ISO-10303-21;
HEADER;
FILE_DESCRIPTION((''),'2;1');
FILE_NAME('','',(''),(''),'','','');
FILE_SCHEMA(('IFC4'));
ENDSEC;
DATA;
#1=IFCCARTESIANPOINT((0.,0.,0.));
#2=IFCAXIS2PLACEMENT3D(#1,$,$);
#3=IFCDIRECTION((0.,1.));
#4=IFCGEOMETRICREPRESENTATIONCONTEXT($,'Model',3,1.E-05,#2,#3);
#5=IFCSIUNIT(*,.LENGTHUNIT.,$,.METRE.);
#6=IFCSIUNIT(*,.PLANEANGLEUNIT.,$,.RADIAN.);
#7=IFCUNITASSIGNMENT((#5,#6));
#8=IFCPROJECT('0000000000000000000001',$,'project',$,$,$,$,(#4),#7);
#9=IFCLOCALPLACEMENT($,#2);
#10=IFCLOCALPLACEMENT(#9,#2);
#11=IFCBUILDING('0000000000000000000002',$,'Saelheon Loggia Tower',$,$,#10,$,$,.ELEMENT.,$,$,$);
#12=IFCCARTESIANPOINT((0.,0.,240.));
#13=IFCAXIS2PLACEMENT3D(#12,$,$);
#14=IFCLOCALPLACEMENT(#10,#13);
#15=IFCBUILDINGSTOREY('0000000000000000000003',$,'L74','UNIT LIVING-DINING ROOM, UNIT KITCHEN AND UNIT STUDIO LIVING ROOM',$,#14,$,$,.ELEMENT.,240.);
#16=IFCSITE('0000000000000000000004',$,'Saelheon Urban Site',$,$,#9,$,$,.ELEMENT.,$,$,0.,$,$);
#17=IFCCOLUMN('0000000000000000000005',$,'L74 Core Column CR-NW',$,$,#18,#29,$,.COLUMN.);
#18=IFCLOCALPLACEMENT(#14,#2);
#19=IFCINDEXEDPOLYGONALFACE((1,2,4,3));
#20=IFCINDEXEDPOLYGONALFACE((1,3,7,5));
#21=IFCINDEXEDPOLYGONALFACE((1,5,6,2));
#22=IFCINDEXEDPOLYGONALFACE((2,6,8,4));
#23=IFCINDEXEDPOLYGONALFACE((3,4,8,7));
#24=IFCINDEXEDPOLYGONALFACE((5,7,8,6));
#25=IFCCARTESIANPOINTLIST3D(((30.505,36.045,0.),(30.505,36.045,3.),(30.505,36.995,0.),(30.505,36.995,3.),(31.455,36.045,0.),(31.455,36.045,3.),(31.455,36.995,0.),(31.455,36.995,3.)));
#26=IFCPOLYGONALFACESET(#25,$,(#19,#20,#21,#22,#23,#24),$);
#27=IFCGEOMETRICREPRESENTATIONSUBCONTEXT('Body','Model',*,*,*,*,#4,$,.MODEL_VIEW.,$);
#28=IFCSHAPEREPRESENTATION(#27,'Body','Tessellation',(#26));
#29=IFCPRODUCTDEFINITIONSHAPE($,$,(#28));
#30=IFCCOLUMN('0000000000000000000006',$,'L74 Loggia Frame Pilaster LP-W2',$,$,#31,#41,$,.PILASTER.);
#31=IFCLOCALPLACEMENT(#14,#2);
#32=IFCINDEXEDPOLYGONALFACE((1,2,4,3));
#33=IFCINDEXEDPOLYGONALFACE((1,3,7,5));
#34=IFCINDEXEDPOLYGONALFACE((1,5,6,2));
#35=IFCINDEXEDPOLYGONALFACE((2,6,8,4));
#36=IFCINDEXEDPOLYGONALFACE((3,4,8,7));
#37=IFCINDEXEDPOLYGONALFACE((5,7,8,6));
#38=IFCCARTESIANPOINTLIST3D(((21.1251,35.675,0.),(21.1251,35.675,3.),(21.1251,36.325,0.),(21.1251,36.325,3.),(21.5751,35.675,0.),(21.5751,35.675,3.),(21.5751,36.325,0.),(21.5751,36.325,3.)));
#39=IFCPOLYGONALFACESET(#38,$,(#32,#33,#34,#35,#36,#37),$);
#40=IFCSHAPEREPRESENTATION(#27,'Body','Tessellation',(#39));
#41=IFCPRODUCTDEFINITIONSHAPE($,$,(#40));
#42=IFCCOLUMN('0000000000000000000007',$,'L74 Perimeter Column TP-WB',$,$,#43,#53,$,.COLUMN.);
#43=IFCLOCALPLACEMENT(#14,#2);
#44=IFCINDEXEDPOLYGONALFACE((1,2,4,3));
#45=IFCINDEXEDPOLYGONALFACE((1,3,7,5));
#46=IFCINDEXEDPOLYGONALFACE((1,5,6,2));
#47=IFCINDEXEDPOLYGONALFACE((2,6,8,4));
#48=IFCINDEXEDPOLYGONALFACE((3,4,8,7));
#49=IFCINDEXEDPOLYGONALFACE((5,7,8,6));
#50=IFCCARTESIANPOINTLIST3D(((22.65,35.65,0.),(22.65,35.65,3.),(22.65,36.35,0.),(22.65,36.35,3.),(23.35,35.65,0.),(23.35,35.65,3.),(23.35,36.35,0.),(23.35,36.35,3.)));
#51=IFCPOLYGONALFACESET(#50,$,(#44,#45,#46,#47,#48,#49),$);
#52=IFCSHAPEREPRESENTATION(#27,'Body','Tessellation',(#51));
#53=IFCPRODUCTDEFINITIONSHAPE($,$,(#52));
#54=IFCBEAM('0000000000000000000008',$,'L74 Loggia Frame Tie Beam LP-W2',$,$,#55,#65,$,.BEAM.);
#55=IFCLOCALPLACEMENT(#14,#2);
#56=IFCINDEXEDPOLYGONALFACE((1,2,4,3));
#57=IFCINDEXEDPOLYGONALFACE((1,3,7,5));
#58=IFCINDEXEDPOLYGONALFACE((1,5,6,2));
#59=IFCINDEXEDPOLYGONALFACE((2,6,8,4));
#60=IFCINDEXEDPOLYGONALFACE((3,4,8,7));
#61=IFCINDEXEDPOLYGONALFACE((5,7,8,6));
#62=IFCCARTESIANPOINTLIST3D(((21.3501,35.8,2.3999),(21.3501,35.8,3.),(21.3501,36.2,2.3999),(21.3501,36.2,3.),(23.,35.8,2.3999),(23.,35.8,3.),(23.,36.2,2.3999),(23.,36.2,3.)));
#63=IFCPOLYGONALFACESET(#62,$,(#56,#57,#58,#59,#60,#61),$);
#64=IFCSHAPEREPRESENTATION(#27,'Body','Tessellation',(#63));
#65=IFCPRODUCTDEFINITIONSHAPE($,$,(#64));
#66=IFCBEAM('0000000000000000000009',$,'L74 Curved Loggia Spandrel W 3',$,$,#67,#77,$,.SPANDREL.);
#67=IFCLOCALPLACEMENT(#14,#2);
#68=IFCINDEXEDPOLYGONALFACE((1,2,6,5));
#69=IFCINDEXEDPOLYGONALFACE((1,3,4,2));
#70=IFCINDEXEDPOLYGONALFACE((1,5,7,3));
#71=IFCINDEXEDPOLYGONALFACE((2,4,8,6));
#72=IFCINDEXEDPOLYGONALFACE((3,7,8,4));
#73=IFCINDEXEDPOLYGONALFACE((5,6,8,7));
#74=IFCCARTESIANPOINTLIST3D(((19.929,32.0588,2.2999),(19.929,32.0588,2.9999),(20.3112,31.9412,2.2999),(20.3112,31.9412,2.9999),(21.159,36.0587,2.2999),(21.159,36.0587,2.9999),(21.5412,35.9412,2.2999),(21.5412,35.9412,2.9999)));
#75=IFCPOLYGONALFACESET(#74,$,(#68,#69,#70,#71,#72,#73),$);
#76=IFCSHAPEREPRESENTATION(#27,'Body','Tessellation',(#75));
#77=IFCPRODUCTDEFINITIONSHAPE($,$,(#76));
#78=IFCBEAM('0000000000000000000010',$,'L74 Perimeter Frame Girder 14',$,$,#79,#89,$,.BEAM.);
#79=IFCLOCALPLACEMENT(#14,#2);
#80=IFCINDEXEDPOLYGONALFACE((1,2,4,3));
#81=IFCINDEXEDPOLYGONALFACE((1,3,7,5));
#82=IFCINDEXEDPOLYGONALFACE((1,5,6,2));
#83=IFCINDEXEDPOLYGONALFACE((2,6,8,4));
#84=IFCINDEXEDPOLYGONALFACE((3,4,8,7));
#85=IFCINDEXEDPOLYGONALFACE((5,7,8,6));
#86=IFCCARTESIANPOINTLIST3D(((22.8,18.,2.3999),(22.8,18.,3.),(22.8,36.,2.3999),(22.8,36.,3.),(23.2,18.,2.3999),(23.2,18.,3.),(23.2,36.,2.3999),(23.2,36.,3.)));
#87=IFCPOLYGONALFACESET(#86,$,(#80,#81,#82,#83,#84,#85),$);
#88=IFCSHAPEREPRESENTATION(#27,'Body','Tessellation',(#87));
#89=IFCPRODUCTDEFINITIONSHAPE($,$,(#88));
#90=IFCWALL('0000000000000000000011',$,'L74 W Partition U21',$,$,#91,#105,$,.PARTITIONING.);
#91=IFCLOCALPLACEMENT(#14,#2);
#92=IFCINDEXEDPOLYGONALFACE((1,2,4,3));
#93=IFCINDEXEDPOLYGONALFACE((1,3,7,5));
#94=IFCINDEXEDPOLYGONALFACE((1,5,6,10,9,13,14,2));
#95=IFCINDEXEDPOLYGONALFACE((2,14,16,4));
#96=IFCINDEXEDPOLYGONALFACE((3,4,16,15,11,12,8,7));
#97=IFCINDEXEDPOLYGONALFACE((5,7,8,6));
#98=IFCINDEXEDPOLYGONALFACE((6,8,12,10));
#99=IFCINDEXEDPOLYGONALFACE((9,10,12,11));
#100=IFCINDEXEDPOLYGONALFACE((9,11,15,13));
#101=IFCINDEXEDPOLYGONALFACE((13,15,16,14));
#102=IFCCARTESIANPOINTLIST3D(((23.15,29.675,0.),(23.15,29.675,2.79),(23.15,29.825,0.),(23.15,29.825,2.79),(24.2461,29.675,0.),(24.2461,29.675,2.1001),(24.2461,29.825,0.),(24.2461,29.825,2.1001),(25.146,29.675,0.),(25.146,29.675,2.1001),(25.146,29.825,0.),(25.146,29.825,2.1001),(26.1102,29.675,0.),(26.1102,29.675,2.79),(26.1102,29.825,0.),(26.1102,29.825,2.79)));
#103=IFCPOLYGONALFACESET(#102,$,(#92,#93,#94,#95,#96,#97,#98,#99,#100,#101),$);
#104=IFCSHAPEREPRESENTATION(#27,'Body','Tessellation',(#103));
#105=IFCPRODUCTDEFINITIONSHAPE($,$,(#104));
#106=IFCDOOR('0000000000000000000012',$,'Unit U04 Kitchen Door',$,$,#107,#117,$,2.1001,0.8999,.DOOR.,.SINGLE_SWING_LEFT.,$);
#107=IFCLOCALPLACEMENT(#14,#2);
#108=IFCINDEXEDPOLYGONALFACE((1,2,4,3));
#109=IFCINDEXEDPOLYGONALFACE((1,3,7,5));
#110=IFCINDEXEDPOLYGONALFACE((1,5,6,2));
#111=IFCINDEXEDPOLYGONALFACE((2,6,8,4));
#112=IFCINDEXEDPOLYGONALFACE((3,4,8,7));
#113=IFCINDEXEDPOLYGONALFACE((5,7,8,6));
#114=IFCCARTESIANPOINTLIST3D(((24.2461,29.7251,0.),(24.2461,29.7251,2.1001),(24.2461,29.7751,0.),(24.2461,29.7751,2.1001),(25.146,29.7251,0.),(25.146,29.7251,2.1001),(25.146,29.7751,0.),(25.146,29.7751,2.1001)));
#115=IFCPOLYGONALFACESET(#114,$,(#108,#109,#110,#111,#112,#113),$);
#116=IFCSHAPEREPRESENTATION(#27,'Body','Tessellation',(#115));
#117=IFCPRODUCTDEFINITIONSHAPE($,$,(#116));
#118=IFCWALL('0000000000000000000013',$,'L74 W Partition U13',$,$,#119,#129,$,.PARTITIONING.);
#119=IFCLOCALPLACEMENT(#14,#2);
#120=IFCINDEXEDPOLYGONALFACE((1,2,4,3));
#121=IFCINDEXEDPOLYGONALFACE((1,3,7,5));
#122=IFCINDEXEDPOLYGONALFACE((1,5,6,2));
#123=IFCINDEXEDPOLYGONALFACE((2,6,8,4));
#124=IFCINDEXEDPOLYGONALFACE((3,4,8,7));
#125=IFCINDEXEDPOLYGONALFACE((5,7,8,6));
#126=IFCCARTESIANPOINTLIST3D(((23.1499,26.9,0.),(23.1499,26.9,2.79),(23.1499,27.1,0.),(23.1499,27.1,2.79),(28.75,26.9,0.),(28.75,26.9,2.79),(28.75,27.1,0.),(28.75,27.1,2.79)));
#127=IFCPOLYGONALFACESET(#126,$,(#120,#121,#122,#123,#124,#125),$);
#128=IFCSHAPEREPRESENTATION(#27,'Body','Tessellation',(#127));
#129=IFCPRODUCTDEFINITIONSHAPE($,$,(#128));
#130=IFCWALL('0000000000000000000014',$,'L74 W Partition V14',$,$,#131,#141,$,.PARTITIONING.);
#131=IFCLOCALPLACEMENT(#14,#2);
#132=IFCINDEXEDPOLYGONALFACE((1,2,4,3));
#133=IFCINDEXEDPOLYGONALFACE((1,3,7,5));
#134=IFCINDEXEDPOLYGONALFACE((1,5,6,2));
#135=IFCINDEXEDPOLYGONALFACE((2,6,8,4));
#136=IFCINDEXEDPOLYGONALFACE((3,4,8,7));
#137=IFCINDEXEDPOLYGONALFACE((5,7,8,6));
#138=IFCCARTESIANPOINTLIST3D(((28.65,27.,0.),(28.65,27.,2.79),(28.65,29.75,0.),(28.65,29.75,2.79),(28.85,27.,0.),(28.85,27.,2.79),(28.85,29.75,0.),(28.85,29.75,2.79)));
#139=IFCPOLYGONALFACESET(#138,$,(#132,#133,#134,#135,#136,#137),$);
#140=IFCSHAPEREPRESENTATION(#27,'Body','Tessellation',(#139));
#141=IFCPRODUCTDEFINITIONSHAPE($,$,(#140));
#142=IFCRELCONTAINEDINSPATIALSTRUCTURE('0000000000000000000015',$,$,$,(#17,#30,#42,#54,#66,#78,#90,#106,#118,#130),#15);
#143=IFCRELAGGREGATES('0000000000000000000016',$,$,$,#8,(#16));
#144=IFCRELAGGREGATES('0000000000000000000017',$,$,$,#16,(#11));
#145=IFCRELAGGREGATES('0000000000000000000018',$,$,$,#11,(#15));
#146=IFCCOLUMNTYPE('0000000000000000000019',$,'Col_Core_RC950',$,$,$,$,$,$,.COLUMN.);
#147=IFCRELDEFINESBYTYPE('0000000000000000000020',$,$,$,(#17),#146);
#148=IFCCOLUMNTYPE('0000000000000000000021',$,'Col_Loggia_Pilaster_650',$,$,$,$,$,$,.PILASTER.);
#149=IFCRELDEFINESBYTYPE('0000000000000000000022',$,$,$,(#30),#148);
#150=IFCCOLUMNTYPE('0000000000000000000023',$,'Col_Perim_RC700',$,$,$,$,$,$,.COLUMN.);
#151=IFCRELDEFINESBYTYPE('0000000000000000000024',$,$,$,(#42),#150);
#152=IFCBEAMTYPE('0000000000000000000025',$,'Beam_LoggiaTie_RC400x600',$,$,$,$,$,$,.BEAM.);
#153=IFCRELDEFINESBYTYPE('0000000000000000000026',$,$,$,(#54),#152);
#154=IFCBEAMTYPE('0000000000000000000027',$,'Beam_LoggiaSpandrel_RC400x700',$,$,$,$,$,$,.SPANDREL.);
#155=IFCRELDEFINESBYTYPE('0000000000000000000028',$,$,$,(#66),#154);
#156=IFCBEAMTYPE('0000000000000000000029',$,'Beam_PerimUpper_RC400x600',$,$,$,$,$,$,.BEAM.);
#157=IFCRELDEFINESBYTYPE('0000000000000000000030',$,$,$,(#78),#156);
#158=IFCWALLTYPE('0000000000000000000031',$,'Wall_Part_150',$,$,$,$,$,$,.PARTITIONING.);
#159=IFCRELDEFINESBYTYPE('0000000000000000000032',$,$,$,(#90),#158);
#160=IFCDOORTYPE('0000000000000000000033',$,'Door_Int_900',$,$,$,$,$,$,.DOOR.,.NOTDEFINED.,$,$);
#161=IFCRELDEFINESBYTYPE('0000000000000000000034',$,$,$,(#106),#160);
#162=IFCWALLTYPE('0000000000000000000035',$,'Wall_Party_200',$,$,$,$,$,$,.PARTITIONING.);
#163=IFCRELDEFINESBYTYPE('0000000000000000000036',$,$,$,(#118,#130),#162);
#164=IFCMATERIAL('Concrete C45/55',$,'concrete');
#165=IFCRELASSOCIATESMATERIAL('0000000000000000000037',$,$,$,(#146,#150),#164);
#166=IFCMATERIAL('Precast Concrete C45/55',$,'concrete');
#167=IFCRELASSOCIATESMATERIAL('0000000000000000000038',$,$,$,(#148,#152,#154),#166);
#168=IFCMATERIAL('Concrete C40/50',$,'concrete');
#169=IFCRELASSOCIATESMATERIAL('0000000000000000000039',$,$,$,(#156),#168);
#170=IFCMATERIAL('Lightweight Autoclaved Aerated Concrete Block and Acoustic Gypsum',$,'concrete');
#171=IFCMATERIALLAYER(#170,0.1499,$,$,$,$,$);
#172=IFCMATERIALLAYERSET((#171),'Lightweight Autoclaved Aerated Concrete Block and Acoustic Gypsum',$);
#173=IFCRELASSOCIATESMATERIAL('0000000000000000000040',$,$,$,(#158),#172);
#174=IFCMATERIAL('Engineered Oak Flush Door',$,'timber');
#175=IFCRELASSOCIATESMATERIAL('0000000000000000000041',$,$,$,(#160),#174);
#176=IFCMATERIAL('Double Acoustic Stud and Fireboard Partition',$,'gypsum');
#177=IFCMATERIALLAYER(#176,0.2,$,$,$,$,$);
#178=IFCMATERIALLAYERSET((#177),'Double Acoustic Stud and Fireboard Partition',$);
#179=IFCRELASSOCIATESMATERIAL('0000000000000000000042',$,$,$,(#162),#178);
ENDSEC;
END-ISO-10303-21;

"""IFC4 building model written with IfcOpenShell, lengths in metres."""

from ifc_helpers import new_model, si_unit, direction, frame, frame_2d, origin, origin_2d, place, context, subcontext, project, spatial, rectangle, extrude, source, transform, mapped, material, layer, layer_set, material_profile, profile_set, type_object, element, fill, save


model = new_model("IFC4")

# Units and contexts
model_context = context("Model", 3, precision=1e-05, world=origin(), true_north=direction((0.0, 1.0)))
body_context = subcontext(model_context, "Body", "Model", "MODEL_VIEW")
ifc_project = project(units=[si_unit("LENGTHUNIT", "METRE"), si_unit("PLANEANGLEUNIT", "RADIAN")], contexts=[model_context])

# Site, building, storey
site_placement = place(None, origin())
site = spatial("IfcSite", under=ifc_project, at=site_placement, Name="Saelheon Urban Site", CompositionType="ELEMENT", RefElevation=0.0)
building_placement = place(site_placement, origin())
building = spatial("IfcBuilding", under=site, at=building_placement, Name="Saelheon Loggia Tower", CompositionType="ELEMENT")
storey_placement = place(building_placement, frame((0.0, 0.0, 240.0)))
storey = spatial("IfcBuildingStorey", under=building, at=storey_placement, Name="L74", Description="UNIT LIVING-DINING ROOM, UNIT KITCHEN AND UNIT STUDIO LIVING ROOM", CompositionType="ELEMENT", Elevation=240.0)

# Columns
ifc_material_1 = material(Name="Concrete C45/55", Category="concrete")
ifc_material_profile_1 = material_profile(ifc_material_1, rectangle(XDim=0.95, YDim=0.95, at=origin_2d()), Name="RC-950x950")
ifc_profile_set_1 = profile_set([ifc_material_profile_1], Name="Concrete C45/55")
column_type_1 = type_object("IfcColumnType", Name="Col_Core_RC950", PredefinedType="COLUMN", material=ifc_profile_set_1)
shared_shape_1 = source(origin(), body_context, "Body", "SweptSolid", [
    extrude(rectangle(XDim=0.95, YDim=0.95, at=origin_2d()), origin(), (0.0, 0.0, 1.0), 3.0),
])
column_1_placement = place(storey_placement, frame((30.98, 36.52, 0.0), z_axis=(0.0, 0.0, 1.0), x_axis=(1.0, 0.0, 0.0)))
element("IfcColumn", 1, at=column_1_placement, inside=storey, type_object=column_type_1, Name="L74 Core Column CR-NW", PredefinedType="COLUMN", context=body_context, shape_type="MappedRepresentation", body=[
    mapped(shared_shape_1, transform((0.0, 0.0, 0.0), scale=1.0)),
])
ifc_material_2 = material(Name="Precast Concrete C45/55", Category="concrete")
ifc_material_profile_2 = material_profile(ifc_material_2, rectangle(XDim=0.45, YDim=0.6499, at=origin_2d()), Name="RC-450x650")
ifc_profile_set_2 = profile_set([ifc_material_profile_2], Name="Precast Concrete C45/55")
column_type_2 = type_object("IfcColumnType", Name="Col_Loggia_Pilaster_650", PredefinedType="PILASTER", material=ifc_profile_set_2)
shared_shape_2 = source(origin(), body_context, "Body", "SweptSolid", [
    extrude(rectangle(XDim=0.45, YDim=0.6499, at=origin_2d()), origin(), (0.0, 0.0, 1.0), 3.0),
])
column_2_placement = place(storey_placement, frame((21.3501, 36.0, 0.0), z_axis=(0.0, 0.0, 1.0), x_axis=(1.0, 0.0, 0.0)))
element("IfcColumn", 2, at=column_2_placement, inside=storey, type_object=column_type_2, Name="L74 Loggia Frame Pilaster LP-W2", PredefinedType="PILASTER", context=body_context, shape_type="MappedRepresentation", body=[
    mapped(shared_shape_2, transform((0.0, 0.0, 0.0), scale=1.0)),
])
ifc_material_profile_3 = material_profile(ifc_material_1, rectangle(XDim=0.7, YDim=0.7, at=origin_2d()), Name="RC-700x700")
ifc_profile_set_3 = profile_set([ifc_material_profile_3], Name="Concrete C45/55")
column_type_3 = type_object("IfcColumnType", Name="Col_Perim_RC700", PredefinedType="COLUMN", material=ifc_profile_set_3)
shared_shape_3 = source(origin(), body_context, "Body", "SweptSolid", [
    extrude(rectangle(XDim=0.7, YDim=0.7, at=origin_2d()), origin(), (0.0, 0.0, 1.0), 3.0),
])
column_3_placement = place(storey_placement, frame((23.0, 36.0, 0.0), z_axis=(0.0, 0.0, 1.0), x_axis=(1.0, 0.0, 0.0)))
element("IfcColumn", 3, at=column_3_placement, inside=storey, type_object=column_type_3, Name="L74 Perimeter Column TP-WB", PredefinedType="COLUMN", context=body_context, shape_type="MappedRepresentation", body=[
    mapped(shared_shape_3, transform((0.0, 0.0, 0.0), scale=1.0)),
])

# Beams
ifc_material_profile_4 = material_profile(ifc_material_2, rectangle(XDim=0.3999, YDim=0.6001, at=origin_2d()), Name="RC-400x600")
ifc_profile_set_4 = profile_set([ifc_material_profile_4], Name="Precast Concrete C45/55")
beam_type_1 = type_object("IfcBeamType", Name="Beam_LoggiaTie_RC400x600", PredefinedType="BEAM", material=ifc_profile_set_4)
shared_shape_4 = source(origin(), body_context, "Body", "SweptSolid", [
    extrude(rectangle(XDim=0.3999, YDim=0.6001, at=origin_2d()), origin(), (0.0, 0.0, 1.0), 1.6499),
])
beam_1_placement = place(storey_placement, frame((23.0, 36.0, 2.7), z_axis=(-1.0, 0.0, 0.0), x_axis=(0.0, -1.0, 0.0)))
element("IfcBeam", 4, at=beam_1_placement, inside=storey, type_object=beam_type_1, Name="L74 Loggia Frame Tie Beam LP-W2", PredefinedType="BEAM", context=body_context, shape_type="MappedRepresentation", body=[
    mapped(shared_shape_4, transform((0.0, 0.0, 0.0), scale=1.0)),
])
ifc_material_profile_5 = material_profile(ifc_material_2, rectangle(XDim=0.3999, YDim=0.7, at=origin_2d()), Name="RC-400x700")
ifc_profile_set_5 = profile_set([ifc_material_profile_5], Name="Precast Concrete C45/55")
beam_type_2 = type_object("IfcBeamType", Name="Beam_LoggiaSpandrel_RC400x700", PredefinedType="SPANDREL", material=ifc_profile_set_5)
shared_shape_5 = source(origin(), body_context, "Body", "SweptSolid", [
    extrude(rectangle(XDim=0.3999, YDim=0.7, at=origin_2d()), origin(), (0.0, 0.0, 1.0), 4.1848),
])
beam_2_placement = place(storey_placement, frame((20.1201, 32.0, 2.6499), z_axis=(0.293914, 0.955832, 0.0), x_axis=(-0.955832, 0.293914, 0.0)))
element("IfcBeam", 5, at=beam_2_placement, inside=storey, type_object=beam_type_2, Name="L74 Curved Loggia Spandrel W 3", PredefinedType="SPANDREL", context=body_context, shape_type="MappedRepresentation", body=[
    mapped(shared_shape_5, transform((0.0, 0.0, 0.0), scale=1.0)),
])
ifc_material_3 = material(Name="Concrete C40/50", Category="concrete")
ifc_material_profile_6 = material_profile(ifc_material_3, rectangle(XDim=0.3999, YDim=0.6001, at=origin_2d()), Name="RC-400x600")
ifc_profile_set_6 = profile_set([ifc_material_profile_6], Name="Concrete C40/50")
beam_type_3 = type_object("IfcBeamType", Name="Beam_PerimUpper_RC400x600", PredefinedType="BEAM", material=ifc_profile_set_6)
shared_shape_6 = source(origin(), body_context, "Body", "SweptSolid", [
    extrude(rectangle(XDim=0.3999, YDim=0.6001, at=origin_2d()), origin(), (0.0, 0.0, 1.0), 18.0),
])
beam_3_placement = place(storey_placement, frame((23.0, 36.0, 2.7), z_axis=(0.0, -1.0, 0.0), x_axis=(1.0, 0.0, 0.0)))
element("IfcBeam", 6, at=beam_3_placement, inside=storey, type_object=beam_type_3, Name="L74 Perimeter Frame Girder 14", PredefinedType="BEAM", context=body_context, shape_type="MappedRepresentation", body=[
    mapped(shared_shape_6, transform((0.0, 0.0, 0.0), scale=1.0)),
])

# Wall, opening, door
ifc_material_4 = material(Name="Lightweight Autoclaved Aerated Concrete Block and Acoustic Gypsum", Category="concrete")
ifc_layer_1 = layer(ifc_material_4, 0.1499)
ifc_layer_set_1 = layer_set([ifc_layer_1], Name="Lightweight Autoclaved Aerated Concrete Block and Acoustic Gypsum")
wall_type_1 = type_object("IfcWallType", Name="Wall_Part_150", PredefinedType="PARTITIONING", material=ifc_layer_set_1)
wall_1_placement = place(storey_placement, frame((26.1101, 29.75, 0.0), z_axis=(0.0, 0.0, 1.0), x_axis=(-1.0, 0.0, 0.0)))
wall_1 = element("IfcWall", 7, at=wall_1_placement, inside=storey, type_object=wall_type_1, Name="L74 W Partition U21", PredefinedType="PARTITIONING", context=body_context, shape_type="SweptSolid", body=[
    extrude(rectangle(XDim=2.9602, YDim=0.1499, at=frame_2d((1.48, 0.0))), origin(), (0.0, 0.0, 1.0), 2.79),
])
opening_1_placement = place(wall_1_placement, frame((0.9641, 0.0, 0.0)))
opening_1 = element("IfcOpeningElement", 8, at=opening_1_placement, cuts=wall_1, PredefinedType="OPENING", context=body_context, shape_type="SweptSolid", body=[
    extrude(rectangle(XDim=0.8999, YDim=2.1001, at=frame_2d((0.45, 1.05))), frame((0.0, 0.0869, 0.0), z_axis=(0.0, -1.0, 0.0), x_axis=(1.0, 0.0, 0.0)), (0.0, 0.0, 1.0), 0.1738),
])
ifc_material_5 = material(Name="Engineered Oak Flush Door", Category="timber")
door_type_1 = type_object("IfcDoorType", Name="Door_Int_900", OperationType="NOTDEFINED", PredefinedType="DOOR", material=ifc_material_5)
shared_shape_7 = source(origin(), body_context, "Body", "SweptSolid", [
    extrude(rectangle(XDim=0.8999, YDim=2.1001, at=frame_2d((0.45, 1.05))), frame((0.0, 0.0249, 0.0), z_axis=(0.0, -1.0, 0.0), x_axis=(1.0, 0.0, 0.0)), (0.0, 0.0, 1.0), 0.05),
])
door_1_placement = place(opening_1_placement, origin())
door_1 = element("IfcDoor", 9, at=door_1_placement, inside=storey, type_object=door_type_1, Name="Unit U04 Kitchen Door", OperationType="SINGLE_SWING_LEFT", OverallHeight=2.1001, OverallWidth=0.8999, PredefinedType="DOOR", context=body_context, shape_type="MappedRepresentation", body=[
    mapped(shared_shape_7, transform((0.0, 0.0, 0.0), scale=1.0)),
])
fill(opening_1, door_1)

# Walls
ifc_material_6 = material(Name="Double Acoustic Stud and Fireboard Partition", Category="gypsum")
ifc_layer_2 = layer(ifc_material_6, 0.2)
ifc_layer_set_2 = layer_set([ifc_layer_2], Name="Double Acoustic Stud and Fireboard Partition")
wall_type_2 = type_object("IfcWallType", Name="Wall_Party_200", PredefinedType="PARTITIONING", material=ifc_layer_set_2)
wall_2_placement = place(storey_placement, frame((28.75, 27.0, 0.0), z_axis=(0.0, 0.0, 1.0), x_axis=(-1.0, 0.0, 0.0)))
element("IfcWall", 10, at=wall_2_placement, inside=storey, type_object=wall_type_2, Name="L74 W Partition U13", PredefinedType="PARTITIONING", context=body_context, shape_type="SweptSolid", body=[
    extrude(rectangle(XDim=5.6001, YDim=0.2, at=frame_2d((2.8, 0.0))), origin(), (0.0, 0.0, 1.0), 2.79),
])
wall_3_placement = place(storey_placement, frame((28.75, 27.0, 0.0), z_axis=(0.0, 0.0, 1.0), x_axis=(0.0, 1.0, 0.0)))
element("IfcWall", 11, at=wall_3_placement, inside=storey, type_object=wall_type_2, Name="L74 W Partition V14", PredefinedType="PARTITIONING", context=body_context, shape_type="SweptSolid", body=[
    extrude(rectangle(XDim=2.75, YDim=0.2, at=frame_2d((1.375, 0.0))), origin(), (0.0, 0.0, 1.0), 2.79),
])

save(model, "model.ifc")
